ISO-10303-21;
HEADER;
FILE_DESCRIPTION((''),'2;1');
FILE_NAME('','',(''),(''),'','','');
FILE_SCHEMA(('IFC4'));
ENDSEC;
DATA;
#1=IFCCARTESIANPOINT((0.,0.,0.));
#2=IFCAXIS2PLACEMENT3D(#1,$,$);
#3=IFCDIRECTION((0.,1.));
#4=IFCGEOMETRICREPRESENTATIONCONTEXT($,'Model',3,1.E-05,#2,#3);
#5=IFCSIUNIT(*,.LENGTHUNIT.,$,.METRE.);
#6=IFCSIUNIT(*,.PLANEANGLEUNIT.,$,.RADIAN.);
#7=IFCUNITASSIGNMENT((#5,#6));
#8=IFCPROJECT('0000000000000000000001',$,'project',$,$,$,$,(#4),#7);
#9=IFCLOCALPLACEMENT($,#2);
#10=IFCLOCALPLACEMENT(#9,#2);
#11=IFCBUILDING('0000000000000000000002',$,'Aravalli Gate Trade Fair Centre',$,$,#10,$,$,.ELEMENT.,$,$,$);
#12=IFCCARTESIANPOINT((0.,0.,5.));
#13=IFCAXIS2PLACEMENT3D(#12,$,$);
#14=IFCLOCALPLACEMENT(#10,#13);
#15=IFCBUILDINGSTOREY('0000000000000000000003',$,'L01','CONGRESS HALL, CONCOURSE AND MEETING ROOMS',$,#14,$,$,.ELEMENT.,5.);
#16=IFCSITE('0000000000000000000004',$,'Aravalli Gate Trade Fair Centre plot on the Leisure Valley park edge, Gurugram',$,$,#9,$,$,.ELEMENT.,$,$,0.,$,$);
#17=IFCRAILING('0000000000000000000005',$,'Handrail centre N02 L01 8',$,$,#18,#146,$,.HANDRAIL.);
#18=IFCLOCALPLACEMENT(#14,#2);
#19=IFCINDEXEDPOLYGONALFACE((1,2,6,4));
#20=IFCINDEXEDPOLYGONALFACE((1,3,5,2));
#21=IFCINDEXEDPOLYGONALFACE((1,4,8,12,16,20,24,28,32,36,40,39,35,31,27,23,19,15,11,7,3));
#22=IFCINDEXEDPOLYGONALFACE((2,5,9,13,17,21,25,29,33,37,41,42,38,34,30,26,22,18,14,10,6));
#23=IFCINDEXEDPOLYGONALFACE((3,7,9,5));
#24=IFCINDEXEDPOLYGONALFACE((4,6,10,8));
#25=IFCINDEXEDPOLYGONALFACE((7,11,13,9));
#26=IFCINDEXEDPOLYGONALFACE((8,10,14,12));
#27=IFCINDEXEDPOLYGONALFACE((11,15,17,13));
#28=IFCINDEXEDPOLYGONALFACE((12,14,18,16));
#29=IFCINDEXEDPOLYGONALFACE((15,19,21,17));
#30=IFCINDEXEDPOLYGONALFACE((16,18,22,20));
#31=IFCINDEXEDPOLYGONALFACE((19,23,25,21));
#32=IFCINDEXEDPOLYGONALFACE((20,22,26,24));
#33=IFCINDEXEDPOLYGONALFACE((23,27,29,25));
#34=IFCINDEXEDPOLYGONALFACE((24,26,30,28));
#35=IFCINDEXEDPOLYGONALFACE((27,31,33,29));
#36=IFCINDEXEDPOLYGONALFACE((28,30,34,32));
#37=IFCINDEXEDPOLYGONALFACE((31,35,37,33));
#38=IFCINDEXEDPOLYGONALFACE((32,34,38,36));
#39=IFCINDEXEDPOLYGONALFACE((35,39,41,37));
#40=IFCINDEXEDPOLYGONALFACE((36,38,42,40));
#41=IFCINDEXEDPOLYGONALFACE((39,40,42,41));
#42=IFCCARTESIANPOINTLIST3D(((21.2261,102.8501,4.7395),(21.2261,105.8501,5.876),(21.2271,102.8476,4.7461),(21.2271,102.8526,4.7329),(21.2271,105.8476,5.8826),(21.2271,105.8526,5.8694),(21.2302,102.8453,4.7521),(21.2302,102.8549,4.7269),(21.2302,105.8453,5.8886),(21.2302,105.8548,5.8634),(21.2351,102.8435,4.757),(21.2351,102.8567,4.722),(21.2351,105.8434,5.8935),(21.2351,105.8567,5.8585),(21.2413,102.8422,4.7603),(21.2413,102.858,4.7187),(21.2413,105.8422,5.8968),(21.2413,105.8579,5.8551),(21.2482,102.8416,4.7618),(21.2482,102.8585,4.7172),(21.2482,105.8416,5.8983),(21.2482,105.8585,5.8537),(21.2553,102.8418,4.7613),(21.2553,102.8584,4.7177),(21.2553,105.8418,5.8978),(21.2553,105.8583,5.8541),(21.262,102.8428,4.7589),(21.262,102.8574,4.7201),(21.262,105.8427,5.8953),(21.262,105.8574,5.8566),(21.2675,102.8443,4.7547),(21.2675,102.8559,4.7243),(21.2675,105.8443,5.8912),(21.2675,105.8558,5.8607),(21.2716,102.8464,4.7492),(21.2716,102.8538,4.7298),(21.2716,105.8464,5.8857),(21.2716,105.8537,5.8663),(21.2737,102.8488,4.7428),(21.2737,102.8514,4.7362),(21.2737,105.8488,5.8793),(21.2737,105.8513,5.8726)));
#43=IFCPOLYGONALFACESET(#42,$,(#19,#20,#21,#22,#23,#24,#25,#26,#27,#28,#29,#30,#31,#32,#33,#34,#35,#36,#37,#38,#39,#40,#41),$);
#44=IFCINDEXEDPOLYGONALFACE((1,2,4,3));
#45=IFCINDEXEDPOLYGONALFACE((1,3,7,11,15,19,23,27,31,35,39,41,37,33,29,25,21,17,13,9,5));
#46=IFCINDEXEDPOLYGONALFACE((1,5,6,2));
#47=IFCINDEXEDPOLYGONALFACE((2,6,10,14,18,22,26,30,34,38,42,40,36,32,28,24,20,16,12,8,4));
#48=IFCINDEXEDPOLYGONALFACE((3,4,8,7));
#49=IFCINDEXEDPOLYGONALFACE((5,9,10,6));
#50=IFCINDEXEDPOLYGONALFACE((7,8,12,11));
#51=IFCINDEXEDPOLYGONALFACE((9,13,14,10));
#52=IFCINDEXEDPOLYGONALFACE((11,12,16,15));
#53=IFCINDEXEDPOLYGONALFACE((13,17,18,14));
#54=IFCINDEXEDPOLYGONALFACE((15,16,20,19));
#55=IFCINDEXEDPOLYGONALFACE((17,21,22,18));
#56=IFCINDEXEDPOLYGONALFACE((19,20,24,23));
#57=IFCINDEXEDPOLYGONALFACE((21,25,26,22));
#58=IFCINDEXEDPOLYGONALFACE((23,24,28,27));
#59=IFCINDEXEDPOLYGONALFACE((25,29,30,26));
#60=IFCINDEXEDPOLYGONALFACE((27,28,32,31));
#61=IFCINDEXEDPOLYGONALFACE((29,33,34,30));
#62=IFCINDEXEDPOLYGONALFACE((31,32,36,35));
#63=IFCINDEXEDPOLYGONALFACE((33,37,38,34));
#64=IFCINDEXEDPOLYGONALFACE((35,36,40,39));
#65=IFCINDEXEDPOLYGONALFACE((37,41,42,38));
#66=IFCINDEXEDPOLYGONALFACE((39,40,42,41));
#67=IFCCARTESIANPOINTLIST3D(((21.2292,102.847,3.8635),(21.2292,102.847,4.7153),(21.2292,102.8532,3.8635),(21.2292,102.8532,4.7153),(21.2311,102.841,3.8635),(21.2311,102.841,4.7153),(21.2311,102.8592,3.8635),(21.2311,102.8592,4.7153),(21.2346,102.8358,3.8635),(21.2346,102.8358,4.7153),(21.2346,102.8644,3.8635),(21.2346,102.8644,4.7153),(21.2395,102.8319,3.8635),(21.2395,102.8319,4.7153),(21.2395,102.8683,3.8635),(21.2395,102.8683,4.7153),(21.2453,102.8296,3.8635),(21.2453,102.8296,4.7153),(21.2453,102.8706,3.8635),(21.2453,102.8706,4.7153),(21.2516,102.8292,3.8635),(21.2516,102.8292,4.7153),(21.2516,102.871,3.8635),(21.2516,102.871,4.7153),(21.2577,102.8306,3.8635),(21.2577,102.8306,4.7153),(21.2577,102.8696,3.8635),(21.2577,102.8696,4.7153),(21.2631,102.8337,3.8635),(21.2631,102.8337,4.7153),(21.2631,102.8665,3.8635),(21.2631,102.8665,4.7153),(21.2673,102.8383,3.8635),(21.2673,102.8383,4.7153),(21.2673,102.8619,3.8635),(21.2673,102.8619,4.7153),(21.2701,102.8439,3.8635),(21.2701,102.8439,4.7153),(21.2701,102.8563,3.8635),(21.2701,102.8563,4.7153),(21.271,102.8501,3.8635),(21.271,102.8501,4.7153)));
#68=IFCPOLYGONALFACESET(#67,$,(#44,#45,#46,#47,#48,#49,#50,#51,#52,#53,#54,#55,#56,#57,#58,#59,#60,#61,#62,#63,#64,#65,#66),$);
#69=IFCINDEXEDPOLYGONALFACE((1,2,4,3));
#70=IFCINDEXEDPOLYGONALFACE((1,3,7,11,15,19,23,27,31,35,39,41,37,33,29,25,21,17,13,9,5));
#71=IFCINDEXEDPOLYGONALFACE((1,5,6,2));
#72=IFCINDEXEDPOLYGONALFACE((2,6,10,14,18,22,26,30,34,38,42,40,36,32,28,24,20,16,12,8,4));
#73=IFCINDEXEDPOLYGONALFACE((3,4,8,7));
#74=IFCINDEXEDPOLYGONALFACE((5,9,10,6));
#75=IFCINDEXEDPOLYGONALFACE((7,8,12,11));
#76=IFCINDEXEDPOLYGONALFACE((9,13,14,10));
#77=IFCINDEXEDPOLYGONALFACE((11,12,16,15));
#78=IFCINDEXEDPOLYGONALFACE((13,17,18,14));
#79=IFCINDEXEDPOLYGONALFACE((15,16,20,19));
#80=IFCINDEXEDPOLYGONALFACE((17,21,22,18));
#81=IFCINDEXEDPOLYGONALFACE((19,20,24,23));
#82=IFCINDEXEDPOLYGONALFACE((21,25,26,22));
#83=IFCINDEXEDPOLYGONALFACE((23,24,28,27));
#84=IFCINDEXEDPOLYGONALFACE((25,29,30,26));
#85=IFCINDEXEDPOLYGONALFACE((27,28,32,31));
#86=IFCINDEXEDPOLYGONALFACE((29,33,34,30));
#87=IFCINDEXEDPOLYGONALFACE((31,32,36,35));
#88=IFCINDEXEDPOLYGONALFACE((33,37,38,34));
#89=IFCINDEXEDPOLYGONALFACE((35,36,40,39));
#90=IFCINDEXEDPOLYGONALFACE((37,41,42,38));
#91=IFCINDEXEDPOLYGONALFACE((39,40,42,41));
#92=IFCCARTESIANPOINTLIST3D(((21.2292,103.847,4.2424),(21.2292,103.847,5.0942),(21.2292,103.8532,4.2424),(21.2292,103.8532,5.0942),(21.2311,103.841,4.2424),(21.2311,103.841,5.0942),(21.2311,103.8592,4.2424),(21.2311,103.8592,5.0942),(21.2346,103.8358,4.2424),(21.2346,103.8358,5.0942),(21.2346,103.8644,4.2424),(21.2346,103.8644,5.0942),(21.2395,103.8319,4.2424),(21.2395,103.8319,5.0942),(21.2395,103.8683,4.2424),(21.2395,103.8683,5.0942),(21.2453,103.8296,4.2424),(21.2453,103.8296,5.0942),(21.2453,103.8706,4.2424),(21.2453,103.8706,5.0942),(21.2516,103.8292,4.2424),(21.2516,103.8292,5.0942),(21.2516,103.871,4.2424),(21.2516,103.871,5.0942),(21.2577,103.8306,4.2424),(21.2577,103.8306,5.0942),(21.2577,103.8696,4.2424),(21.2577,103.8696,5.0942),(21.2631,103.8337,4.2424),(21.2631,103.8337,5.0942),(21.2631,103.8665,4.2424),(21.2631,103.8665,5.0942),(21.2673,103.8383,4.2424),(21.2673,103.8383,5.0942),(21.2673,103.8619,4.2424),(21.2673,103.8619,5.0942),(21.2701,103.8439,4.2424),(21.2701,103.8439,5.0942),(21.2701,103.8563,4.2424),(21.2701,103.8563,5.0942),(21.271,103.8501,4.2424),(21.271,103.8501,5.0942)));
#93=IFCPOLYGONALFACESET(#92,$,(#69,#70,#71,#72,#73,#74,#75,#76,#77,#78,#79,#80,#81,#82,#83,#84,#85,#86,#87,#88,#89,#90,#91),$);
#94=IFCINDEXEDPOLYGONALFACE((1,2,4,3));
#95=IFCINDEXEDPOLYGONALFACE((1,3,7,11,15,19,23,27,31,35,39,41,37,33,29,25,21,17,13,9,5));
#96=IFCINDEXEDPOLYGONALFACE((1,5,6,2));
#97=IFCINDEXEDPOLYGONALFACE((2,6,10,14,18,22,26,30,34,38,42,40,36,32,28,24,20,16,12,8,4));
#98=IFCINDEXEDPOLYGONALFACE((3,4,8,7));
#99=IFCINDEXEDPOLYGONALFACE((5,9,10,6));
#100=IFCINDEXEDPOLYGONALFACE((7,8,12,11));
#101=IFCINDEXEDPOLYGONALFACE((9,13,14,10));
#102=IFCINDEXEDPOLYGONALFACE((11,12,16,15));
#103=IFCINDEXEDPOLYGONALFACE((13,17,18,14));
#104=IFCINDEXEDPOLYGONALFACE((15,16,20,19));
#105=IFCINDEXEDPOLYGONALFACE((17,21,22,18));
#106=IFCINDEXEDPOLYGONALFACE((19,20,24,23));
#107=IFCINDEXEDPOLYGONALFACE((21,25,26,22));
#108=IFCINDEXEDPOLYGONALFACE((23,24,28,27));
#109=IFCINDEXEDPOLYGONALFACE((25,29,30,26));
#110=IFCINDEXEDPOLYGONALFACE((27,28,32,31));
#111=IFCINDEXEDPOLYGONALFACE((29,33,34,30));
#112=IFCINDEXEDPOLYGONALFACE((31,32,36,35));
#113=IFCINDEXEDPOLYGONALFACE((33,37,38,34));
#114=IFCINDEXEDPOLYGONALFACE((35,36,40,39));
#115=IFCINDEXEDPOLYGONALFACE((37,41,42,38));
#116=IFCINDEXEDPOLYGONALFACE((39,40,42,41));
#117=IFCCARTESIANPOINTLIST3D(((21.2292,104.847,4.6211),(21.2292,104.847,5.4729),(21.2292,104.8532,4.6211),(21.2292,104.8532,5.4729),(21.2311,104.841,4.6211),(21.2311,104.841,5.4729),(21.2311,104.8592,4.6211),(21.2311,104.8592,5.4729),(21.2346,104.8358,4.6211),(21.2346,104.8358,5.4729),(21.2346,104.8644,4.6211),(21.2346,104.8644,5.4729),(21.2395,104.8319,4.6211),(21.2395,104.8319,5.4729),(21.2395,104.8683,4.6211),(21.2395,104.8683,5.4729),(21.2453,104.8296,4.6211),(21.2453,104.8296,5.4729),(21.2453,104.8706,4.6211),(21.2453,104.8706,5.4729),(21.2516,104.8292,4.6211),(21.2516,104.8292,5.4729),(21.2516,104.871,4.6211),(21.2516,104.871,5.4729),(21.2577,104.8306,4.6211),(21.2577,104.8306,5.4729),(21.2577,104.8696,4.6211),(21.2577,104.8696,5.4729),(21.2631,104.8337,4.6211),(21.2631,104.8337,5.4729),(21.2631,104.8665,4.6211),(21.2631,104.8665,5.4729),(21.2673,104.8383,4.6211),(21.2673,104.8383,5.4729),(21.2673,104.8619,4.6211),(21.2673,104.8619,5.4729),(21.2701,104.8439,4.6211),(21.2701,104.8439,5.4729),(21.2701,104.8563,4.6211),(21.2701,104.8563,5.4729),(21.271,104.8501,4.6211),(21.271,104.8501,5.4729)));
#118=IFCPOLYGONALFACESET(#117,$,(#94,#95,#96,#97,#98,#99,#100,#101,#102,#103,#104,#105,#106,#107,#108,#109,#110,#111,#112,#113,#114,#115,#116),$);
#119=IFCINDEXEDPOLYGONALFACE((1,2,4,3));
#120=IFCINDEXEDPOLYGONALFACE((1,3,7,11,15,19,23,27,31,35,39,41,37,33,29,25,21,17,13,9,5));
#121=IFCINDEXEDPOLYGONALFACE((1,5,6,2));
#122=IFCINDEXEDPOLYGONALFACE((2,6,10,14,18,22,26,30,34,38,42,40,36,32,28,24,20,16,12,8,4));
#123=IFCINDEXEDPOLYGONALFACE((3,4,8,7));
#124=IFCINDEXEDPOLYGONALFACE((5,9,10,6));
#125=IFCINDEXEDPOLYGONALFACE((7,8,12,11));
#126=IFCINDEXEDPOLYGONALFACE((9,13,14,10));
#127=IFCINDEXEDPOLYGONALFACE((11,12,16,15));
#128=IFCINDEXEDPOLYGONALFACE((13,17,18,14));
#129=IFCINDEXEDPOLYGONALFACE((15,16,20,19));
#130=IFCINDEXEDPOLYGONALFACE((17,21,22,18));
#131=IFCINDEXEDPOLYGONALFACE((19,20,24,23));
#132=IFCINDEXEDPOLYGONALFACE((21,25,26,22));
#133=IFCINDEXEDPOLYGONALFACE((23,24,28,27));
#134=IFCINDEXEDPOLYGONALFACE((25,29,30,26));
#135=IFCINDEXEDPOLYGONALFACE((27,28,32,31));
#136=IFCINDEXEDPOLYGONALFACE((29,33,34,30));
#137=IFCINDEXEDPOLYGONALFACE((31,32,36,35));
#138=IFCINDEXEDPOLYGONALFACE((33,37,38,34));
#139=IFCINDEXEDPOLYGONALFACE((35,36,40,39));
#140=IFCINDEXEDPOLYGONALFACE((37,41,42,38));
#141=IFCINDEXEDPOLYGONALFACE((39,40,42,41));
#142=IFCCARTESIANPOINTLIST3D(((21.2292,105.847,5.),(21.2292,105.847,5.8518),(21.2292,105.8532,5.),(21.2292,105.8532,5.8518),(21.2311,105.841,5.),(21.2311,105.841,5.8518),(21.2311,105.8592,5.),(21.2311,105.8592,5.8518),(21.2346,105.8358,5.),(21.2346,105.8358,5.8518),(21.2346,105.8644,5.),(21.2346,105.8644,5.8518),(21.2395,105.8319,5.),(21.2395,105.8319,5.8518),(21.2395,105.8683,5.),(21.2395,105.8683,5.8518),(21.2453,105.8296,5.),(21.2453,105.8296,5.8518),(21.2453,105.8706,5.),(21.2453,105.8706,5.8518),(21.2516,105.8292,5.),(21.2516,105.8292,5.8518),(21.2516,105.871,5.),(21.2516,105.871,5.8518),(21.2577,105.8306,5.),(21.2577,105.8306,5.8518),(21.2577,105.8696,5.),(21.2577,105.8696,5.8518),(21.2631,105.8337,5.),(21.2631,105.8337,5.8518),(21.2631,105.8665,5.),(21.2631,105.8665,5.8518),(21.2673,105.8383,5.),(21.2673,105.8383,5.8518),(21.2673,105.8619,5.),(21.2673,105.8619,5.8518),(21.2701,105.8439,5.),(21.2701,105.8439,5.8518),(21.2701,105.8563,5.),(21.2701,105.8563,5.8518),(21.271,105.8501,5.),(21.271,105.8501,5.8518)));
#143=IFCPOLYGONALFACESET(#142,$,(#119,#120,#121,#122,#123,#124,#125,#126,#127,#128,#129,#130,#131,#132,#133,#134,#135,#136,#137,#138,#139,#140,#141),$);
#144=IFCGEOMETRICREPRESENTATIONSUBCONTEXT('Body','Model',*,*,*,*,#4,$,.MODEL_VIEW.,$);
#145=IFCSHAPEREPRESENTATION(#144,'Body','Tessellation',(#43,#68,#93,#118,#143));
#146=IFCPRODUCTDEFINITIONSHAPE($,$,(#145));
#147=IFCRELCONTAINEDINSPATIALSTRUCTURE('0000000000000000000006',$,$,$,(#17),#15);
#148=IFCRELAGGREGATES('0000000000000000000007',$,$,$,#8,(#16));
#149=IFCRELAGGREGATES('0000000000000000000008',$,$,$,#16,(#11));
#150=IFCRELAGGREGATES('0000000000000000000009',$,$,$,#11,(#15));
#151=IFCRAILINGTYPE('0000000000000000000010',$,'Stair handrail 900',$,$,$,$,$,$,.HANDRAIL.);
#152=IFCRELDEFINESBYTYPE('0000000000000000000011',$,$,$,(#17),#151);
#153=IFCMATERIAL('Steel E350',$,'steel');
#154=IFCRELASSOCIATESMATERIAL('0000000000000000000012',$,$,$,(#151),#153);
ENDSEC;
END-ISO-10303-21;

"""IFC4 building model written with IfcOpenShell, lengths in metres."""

from ifc_helpers import new_model, si_unit, direction, frame, origin, origin_2d, place, context, subcontext, project, spatial, circle, extrude, material, type_object, element, save


model = new_model("IFC4")

# Units and contexts
model_context = context("Model", 3, precision=1e-05, world=origin(), true_north=direction((0.0, 1.0)))
body_context = subcontext(model_context, "Body", "Model", "MODEL_VIEW")
ifc_project = project(units=[si_unit("LENGTHUNIT", "METRE"), si_unit("PLANEANGLEUNIT", "RADIAN")], contexts=[model_context])

# Site, building, storey
site_placement = place(None, origin())
site = spatial("IfcSite", under=ifc_project, at=site_placement, Name="Aravalli Gate Trade Fair Centre plot on the Leisure Valley park edge, Gurugram", CompositionType="ELEMENT", RefElevation=0.0)
building_placement = place(site_placement, origin())
building = spatial("IfcBuilding", under=site, at=building_placement, Name="Aravalli Gate Trade Fair Centre", CompositionType="ELEMENT")
storey_placement = place(building_placement, frame((0.0, 0.0, 5.0)))
storey = spatial("IfcBuildingStorey", under=building, at=storey_placement, Name="L01", Description="CONGRESS HALL, CONCOURSE AND MEETING ROOMS", CompositionType="ELEMENT", Elevation=5.0)

# Railing
ifc_material_1 = material(Name="Steel E350", Category="steel")
railing_type = type_object("IfcRailingType", Name="Stair handrail 900", PredefinedType="HANDRAIL", material=ifc_material_1)
for number, where, name in (
    (1, (21.25, 102.8501, 3.8635), "Handrail centre N02 L01 8"),
):
    element("IfcRailing", number, at=place(storey_placement, frame(where)), inside=storey, type_object=railing_type, Name=name, PredefinedType="HANDRAIL", context=body_context, shape_type="SweptSolid", body=[
        extrude(circle(Radius=0.0239, at=origin_2d()), frame((0.0, 0.0, 0.876), z_axis=(0.0, 0.935148, 0.354257), x_axis=(-1.0, 0.0, 0.0)), (0.0, 0.0, 1.0), 3.208),
        extrude(circle(Radius=0.021, at=origin_2d()), origin(), (0.0, 0.0, 1.0), 0.8518),
        extrude(circle(Radius=0.021, at=origin_2d()), frame((0.0, 1.0, 0.3789)), (0.0, 0.0, 1.0), 0.8518),
        extrude(circle(Radius=0.021, at=origin_2d()), frame((0.0, 2.0, 0.7576)), (0.0, 0.0, 1.0), 0.8518),
        extrude(circle(Radius=0.021, at=origin_2d()), frame((0.0, 3.0, 1.1365)), (0.0, 0.0, 1.0), 0.8518),
    ])

save(model, "model.ifc")
